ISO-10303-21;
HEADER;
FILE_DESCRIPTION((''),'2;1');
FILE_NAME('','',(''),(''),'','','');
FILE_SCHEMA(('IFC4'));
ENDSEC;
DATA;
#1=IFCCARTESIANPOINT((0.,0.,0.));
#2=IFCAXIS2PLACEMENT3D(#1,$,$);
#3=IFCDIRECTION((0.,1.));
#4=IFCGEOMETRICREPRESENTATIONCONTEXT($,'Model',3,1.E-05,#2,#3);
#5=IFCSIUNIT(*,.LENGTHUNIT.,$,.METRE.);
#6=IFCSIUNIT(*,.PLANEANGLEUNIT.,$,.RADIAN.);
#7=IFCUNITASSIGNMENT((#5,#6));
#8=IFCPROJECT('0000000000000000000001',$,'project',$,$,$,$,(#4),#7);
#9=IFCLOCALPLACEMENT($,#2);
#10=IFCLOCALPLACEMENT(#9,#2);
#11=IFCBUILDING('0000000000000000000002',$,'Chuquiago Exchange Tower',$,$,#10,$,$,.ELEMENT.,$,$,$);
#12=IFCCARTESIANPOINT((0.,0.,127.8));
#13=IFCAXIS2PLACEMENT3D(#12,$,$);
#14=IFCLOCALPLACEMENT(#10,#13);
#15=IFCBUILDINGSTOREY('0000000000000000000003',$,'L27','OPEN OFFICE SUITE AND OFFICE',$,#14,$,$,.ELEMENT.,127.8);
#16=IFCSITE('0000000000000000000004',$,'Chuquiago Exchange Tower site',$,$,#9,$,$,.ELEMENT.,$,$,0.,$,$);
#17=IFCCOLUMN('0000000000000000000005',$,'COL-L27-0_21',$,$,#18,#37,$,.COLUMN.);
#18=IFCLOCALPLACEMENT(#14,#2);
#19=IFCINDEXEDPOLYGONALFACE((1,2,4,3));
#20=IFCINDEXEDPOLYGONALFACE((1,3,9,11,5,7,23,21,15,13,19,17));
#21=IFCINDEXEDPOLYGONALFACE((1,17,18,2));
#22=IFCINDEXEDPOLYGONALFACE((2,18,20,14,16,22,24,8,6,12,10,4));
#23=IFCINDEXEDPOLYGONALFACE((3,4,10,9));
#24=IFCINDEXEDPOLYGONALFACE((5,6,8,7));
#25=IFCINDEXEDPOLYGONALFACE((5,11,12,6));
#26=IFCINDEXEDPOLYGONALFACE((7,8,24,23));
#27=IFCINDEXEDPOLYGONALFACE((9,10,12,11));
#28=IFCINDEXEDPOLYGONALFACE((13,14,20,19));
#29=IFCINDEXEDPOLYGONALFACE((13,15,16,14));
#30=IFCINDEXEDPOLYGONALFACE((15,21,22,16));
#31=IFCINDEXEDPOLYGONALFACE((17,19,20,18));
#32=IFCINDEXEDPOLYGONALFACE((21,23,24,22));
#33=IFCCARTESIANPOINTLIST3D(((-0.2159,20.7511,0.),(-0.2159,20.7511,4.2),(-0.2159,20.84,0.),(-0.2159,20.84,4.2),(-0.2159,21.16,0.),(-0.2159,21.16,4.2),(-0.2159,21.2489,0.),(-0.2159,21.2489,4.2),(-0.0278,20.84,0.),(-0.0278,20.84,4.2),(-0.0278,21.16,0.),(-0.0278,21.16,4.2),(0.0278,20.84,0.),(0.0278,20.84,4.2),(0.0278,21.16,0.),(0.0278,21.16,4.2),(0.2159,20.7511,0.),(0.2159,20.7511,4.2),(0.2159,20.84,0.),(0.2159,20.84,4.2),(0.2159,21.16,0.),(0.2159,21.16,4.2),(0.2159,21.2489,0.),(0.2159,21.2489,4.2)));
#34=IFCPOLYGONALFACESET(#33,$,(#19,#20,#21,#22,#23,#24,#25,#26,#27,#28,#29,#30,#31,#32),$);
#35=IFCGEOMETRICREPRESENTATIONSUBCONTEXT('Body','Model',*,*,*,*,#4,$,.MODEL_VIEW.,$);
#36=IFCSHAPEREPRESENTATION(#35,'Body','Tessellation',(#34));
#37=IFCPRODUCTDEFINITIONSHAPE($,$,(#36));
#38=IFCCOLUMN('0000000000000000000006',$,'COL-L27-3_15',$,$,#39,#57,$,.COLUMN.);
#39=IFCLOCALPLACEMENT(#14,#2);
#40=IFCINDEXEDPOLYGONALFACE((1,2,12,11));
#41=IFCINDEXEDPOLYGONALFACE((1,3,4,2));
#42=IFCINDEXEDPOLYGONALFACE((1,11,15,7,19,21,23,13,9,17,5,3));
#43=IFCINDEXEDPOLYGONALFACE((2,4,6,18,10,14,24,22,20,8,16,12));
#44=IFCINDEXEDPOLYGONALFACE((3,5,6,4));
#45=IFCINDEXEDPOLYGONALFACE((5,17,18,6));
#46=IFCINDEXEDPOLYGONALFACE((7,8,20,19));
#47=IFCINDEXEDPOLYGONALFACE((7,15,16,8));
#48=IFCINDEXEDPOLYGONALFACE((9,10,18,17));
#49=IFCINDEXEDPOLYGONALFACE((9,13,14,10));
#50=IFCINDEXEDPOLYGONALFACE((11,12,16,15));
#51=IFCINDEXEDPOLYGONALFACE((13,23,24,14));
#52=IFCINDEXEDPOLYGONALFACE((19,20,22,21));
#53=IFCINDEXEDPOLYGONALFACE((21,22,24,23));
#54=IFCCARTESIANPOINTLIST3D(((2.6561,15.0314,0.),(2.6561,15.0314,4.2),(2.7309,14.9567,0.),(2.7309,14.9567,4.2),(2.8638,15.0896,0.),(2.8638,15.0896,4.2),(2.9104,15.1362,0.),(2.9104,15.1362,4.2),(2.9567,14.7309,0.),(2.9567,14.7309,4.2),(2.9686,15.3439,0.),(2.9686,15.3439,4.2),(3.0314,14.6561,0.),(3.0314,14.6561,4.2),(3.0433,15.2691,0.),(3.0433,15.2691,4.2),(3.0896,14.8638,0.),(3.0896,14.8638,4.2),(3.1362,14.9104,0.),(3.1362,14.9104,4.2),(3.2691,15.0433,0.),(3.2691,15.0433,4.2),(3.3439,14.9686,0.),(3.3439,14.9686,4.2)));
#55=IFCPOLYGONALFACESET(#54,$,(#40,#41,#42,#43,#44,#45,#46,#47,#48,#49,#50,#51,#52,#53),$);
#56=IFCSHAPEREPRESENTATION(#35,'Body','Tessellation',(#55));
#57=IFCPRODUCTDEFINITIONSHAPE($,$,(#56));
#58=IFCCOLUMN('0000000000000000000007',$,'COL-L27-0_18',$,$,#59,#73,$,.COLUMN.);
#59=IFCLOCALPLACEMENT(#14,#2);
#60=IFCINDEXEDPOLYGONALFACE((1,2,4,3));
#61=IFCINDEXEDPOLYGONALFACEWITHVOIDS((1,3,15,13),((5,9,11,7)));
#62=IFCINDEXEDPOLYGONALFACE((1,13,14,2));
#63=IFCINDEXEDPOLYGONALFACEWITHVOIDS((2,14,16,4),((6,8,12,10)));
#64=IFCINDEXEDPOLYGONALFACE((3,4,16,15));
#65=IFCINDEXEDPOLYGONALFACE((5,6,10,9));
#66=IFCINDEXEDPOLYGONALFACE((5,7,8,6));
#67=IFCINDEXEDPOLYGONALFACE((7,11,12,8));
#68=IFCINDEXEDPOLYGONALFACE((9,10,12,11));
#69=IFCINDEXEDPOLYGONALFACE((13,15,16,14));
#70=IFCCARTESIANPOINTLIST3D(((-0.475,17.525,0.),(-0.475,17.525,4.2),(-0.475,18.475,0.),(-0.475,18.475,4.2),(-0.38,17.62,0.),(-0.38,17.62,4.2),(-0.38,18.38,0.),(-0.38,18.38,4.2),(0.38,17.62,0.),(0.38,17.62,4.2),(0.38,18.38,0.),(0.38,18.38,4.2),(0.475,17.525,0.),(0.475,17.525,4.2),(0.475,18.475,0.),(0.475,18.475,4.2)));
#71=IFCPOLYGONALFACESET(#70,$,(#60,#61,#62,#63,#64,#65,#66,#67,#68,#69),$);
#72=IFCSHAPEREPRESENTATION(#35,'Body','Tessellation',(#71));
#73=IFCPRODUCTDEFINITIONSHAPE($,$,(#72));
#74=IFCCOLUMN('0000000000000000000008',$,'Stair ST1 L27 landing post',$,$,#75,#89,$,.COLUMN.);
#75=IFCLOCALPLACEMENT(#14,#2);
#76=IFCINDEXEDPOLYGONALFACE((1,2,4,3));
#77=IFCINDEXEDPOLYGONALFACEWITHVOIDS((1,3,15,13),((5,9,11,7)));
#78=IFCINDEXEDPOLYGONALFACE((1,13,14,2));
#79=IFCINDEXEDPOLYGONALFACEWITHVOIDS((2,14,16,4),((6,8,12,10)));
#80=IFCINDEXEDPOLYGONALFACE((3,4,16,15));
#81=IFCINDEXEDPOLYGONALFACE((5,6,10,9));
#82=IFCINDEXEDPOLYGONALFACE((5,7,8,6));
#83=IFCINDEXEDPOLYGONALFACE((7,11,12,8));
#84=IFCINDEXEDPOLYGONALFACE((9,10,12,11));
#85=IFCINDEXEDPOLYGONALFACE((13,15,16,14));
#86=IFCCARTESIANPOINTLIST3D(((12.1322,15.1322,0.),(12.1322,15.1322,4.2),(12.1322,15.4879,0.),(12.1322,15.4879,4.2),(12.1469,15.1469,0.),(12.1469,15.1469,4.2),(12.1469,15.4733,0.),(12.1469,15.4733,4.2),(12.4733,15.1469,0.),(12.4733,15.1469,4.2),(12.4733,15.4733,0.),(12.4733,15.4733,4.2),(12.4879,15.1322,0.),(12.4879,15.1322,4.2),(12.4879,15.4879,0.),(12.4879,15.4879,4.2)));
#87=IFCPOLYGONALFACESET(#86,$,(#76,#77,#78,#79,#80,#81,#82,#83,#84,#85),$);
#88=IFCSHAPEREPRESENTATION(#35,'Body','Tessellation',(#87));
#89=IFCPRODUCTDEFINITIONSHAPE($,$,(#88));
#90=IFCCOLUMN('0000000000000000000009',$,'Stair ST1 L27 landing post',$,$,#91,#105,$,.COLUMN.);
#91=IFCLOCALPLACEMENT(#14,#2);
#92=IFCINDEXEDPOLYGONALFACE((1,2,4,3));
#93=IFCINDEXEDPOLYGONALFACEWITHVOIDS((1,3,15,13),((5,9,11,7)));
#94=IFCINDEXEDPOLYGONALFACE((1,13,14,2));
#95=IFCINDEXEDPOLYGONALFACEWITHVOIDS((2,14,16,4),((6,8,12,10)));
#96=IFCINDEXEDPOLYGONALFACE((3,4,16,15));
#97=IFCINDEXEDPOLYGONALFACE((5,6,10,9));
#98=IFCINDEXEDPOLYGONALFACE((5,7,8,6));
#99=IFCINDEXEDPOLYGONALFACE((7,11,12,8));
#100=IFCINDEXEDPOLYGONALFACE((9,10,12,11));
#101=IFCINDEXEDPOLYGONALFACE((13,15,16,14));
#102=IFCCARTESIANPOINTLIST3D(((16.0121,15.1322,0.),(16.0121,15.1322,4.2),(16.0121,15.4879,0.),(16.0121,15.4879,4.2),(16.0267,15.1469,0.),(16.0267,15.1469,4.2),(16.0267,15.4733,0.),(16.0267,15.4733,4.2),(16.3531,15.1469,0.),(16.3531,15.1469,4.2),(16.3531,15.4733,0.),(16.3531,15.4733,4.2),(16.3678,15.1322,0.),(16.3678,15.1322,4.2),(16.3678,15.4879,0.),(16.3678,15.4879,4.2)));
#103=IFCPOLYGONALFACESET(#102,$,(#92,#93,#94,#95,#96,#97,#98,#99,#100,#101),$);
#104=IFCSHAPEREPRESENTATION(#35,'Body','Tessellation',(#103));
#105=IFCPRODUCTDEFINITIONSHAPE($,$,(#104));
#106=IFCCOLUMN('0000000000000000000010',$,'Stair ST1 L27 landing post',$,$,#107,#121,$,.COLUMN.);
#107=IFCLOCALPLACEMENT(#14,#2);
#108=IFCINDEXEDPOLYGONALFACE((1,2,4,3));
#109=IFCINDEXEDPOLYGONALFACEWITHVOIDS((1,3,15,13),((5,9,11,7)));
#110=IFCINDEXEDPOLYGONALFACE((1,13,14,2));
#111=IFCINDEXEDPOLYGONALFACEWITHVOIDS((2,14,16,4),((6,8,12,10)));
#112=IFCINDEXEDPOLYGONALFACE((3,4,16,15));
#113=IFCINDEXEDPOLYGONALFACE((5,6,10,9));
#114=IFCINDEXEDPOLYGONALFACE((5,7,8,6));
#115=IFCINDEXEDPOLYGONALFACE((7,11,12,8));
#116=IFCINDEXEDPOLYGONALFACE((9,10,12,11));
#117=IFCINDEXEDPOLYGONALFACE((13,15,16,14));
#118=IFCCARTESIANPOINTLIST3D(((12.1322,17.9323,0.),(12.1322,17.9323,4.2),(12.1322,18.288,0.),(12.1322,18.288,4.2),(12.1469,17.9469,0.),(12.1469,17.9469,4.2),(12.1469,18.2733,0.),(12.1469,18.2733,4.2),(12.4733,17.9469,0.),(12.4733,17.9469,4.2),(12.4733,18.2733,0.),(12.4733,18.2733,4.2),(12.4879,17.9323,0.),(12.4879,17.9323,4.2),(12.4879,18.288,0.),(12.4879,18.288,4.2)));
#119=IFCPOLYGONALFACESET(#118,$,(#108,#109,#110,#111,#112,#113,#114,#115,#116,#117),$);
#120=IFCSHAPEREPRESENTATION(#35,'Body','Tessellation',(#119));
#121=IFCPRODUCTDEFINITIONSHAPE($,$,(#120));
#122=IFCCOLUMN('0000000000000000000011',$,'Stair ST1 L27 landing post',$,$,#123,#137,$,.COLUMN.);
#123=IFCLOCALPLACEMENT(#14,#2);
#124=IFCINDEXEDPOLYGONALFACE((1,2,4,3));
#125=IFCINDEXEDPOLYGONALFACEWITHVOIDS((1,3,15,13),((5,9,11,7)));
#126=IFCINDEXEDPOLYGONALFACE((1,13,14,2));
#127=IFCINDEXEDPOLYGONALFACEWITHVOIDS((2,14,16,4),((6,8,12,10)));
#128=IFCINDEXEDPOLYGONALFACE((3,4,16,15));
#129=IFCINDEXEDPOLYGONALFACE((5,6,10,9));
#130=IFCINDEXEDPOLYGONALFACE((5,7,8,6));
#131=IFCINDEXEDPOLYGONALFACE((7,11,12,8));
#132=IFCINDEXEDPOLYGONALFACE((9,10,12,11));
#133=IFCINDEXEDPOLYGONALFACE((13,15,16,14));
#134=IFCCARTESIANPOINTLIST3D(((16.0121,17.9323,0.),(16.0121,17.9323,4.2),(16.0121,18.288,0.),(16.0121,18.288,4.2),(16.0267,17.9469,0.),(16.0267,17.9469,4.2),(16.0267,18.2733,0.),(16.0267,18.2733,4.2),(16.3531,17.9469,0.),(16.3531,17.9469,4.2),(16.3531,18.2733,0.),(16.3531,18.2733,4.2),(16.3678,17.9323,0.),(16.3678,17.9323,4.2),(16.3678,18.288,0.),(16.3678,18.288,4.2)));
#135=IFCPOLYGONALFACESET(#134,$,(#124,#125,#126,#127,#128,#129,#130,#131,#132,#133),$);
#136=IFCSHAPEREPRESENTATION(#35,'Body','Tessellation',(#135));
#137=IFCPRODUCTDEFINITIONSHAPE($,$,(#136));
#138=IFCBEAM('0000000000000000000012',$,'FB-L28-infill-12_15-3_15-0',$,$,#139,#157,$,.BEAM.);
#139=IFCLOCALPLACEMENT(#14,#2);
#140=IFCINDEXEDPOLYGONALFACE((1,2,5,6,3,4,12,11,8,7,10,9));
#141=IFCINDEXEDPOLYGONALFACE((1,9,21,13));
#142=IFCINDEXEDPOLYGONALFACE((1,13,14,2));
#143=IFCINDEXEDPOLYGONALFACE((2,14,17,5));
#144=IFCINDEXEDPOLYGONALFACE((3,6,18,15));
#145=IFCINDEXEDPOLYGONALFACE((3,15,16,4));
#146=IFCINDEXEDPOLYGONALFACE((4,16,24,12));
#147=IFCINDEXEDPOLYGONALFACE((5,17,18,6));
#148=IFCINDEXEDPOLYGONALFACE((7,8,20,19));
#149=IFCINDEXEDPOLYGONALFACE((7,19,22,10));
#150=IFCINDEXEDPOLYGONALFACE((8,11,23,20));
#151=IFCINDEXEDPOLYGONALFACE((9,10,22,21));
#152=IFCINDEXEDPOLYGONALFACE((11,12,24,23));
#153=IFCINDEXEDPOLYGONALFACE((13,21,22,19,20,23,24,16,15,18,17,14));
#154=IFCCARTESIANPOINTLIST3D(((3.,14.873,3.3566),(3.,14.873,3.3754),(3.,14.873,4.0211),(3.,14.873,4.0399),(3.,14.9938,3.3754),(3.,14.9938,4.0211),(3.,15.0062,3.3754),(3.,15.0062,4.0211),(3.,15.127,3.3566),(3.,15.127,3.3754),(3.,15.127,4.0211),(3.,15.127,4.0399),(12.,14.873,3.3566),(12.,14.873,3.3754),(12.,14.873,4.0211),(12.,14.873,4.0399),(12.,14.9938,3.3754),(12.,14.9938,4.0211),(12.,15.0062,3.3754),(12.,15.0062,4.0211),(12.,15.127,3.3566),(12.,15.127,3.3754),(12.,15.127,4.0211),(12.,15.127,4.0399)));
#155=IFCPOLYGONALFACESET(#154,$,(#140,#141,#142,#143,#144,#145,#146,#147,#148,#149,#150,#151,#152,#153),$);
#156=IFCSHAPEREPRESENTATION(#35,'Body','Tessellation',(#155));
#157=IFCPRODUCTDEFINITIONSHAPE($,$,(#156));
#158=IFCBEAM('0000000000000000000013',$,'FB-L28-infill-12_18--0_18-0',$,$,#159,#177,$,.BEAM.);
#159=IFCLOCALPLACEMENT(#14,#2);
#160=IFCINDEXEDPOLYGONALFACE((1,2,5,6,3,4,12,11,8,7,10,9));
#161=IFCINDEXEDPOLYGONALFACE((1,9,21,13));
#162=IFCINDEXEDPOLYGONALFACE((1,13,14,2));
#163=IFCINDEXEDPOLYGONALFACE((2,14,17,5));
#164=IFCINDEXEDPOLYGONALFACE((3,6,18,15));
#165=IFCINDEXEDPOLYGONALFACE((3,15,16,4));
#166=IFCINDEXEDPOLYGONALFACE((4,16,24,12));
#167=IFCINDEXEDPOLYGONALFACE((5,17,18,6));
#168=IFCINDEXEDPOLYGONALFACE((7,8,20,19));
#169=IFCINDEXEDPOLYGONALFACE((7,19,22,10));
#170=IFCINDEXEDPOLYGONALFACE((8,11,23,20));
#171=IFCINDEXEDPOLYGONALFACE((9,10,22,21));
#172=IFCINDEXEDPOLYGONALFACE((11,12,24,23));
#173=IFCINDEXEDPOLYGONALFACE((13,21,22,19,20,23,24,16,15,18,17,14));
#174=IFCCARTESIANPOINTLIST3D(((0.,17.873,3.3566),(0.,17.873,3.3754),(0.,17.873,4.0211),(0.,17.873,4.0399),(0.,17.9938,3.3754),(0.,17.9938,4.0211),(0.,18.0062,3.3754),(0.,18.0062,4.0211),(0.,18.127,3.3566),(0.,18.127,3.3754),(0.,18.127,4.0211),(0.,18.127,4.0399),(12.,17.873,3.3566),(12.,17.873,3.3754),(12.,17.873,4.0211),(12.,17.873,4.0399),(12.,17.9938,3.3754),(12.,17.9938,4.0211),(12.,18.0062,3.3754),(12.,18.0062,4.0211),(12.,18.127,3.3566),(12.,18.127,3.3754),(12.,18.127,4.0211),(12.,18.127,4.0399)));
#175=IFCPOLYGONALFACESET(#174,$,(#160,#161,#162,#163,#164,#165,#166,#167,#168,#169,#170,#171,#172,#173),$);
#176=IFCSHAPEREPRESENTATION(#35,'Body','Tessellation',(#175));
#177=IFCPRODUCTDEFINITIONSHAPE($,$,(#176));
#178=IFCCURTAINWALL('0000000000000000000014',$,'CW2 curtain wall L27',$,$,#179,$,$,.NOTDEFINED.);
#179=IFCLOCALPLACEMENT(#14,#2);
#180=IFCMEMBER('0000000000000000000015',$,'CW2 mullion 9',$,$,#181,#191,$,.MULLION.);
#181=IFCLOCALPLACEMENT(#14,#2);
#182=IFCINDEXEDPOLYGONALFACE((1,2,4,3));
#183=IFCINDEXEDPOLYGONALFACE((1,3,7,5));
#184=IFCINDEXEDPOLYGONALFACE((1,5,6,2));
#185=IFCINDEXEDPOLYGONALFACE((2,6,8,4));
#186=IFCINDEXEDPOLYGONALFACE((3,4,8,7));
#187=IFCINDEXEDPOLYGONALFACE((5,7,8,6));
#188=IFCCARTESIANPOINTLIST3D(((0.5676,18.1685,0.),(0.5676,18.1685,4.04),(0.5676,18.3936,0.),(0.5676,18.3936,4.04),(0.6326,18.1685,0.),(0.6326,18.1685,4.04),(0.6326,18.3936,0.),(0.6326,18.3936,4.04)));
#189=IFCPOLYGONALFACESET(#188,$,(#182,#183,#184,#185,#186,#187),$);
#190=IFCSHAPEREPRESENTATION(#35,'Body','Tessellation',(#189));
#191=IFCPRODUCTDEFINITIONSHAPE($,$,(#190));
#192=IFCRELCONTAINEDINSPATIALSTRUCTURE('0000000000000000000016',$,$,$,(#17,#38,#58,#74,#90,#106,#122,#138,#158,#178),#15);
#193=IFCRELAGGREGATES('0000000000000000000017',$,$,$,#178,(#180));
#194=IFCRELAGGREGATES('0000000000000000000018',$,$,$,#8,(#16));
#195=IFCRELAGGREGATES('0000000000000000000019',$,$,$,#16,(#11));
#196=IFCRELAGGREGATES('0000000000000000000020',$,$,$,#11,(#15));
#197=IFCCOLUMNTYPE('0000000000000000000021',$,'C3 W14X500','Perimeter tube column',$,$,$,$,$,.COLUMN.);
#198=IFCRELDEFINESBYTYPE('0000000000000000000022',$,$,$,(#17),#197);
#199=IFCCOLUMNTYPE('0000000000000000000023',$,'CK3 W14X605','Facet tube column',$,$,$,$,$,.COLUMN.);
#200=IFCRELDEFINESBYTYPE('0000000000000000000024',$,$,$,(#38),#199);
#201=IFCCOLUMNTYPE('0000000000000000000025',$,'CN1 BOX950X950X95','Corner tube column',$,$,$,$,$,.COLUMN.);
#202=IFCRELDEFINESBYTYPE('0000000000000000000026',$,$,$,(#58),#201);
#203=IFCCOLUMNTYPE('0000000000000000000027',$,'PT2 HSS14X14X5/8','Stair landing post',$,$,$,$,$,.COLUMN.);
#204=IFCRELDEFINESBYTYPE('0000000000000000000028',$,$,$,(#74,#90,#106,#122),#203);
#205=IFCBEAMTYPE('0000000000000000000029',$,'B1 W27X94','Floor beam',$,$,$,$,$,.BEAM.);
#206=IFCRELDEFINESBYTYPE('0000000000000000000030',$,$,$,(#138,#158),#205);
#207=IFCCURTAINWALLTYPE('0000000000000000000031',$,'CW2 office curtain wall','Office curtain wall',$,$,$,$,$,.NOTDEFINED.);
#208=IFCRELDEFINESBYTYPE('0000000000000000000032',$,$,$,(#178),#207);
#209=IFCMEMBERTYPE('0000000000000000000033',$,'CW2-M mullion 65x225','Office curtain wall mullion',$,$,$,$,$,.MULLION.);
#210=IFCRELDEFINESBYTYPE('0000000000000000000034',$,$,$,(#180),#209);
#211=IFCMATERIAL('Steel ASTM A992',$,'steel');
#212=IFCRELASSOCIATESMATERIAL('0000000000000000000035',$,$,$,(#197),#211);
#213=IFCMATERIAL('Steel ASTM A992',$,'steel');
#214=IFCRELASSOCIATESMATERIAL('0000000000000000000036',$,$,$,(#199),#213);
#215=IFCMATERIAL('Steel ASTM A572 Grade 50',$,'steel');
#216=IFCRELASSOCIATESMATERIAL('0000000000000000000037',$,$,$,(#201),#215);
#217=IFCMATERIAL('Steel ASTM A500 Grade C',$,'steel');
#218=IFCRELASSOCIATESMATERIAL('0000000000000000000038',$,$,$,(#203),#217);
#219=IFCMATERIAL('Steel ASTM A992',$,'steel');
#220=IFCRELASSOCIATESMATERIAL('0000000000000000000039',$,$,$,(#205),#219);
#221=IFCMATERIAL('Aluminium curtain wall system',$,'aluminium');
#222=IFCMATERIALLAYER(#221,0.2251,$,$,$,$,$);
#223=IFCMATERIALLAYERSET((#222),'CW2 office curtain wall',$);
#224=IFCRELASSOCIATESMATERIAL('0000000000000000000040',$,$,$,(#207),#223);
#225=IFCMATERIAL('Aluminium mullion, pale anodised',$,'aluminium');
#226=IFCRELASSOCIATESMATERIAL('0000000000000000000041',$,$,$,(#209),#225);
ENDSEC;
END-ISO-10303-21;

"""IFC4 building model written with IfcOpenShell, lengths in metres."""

from ifc_helpers import new_model, si_unit, direction, frame, origin, origin_2d, place, context, subcontext, project, spatial, rectangle, hollow_rectangle, i_section, extrude, material, layer, layer_set, material_profile, profile_set, type_object, element, aggregate, save


model = new_model("IFC4")

# Units and contexts
model_context = context("Model", 3, precision=1e-05, world=origin(), true_north=direction((0.0, 1.0)))
body_context = subcontext(model_context, "Body", "Model", "MODEL_VIEW")
ifc_project = project(units=[si_unit("LENGTHUNIT", "METRE"), si_unit("PLANEANGLEUNIT", "RADIAN")], contexts=[model_context])

# Site, building, storey
site_placement = place(None, origin())
site = spatial("IfcSite", under=ifc_project, at=site_placement, Name="Chuquiago Exchange Tower site", CompositionType="ELEMENT", RefElevation=0.0)
building_placement = place(site_placement, origin())
building = spatial("IfcBuilding", under=site, at=building_placement, Name="Chuquiago Exchange Tower", CompositionType="ELEMENT")
storey_placement = place(building_placement, frame((0.0, 0.0, 127.8)))
storey = spatial("IfcBuildingStorey", under=building, at=storey_placement, Name="L27", Description="OPEN OFFICE SUITE AND OFFICE", CompositionType="ELEMENT", Elevation=127.8)

# Columns
ifc_material_1 = material(Name="Steel ASTM A992", Category="steel")
ifc_material_profile_1 = material_profile(ifc_material_1, i_section(OverallWidth=0.4319, OverallDepth=0.4978, WebThickness=0.0557, FlangeThickness=0.0889, at=origin_2d()), Name="W14X500")
ifc_profile_set_1 = profile_set([ifc_material_profile_1], Name="Steel ASTM A992")
column_type_1 = type_object("IfcColumnType", Name="C3 W14X500", Description="Perimeter tube column", PredefinedType="COLUMN", material=ifc_profile_set_1)
column_1_placement = place(storey_placement, frame((0.0, 21.0, 0.0), z_axis=(0.0, 0.0, 1.0), x_axis=(-1.0, 0.0, 0.0)))
element("IfcColumn", 1, at=column_1_placement, inside=storey, type_object=column_type_1, Name="COL-L27-0_21", PredefinedType="COLUMN", context=body_context, shape_type="SweptSolid", body=[
    extrude(i_section(OverallWidth=0.4319, OverallDepth=0.4978, WebThickness=0.0557, FlangeThickness=0.0889, at=origin_2d()), origin(), (0.0, 0.0, 1.0), 4.2),
])
ifc_material_2 = material(Name="Steel ASTM A992", Category="steel")
ifc_material_profile_2 = material_profile(ifc_material_2, i_section(OverallWidth=0.4419, OverallDepth=0.5308, WebThickness=0.0659, FlangeThickness=0.1057, at=origin_2d()), Name="W14X605")
ifc_profile_set_2 = profile_set([ifc_material_profile_2], Name="Steel ASTM A992")
column_type_2 = type_object("IfcColumnType", Name="CK3 W14X605", Description="Facet tube column", PredefinedType="COLUMN", material=ifc_profile_set_2)
column_2_placement = place(storey_placement, frame((3.0, 15.0, 0.0), z_axis=(0.0, 0.0, 1.0), x_axis=(-0.707107, -0.707107, 0.0)))
element("IfcColumn", 2, at=column_2_placement, inside=storey, type_object=column_type_2, Name="COL-L27-3_15", PredefinedType="COLUMN", context=body_context, shape_type="SweptSolid", body=[
    extrude(i_section(OverallWidth=0.4419, OverallDepth=0.5308, WebThickness=0.0659, FlangeThickness=0.1057, at=origin_2d()), origin(), (0.0, 0.0, 1.0), 4.2),
])
ifc_material_3 = material(Name="Steel ASTM A572 Grade 50", Category="steel")
ifc_material_profile_3 = material_profile(ifc_material_3, hollow_rectangle(XDim=0.95, YDim=0.95, WallThickness=0.095, at=origin_2d()), Name="BOX950X950X95")
ifc_profile_set_3 = profile_set([ifc_material_profile_3], Name="Steel ASTM A572 Grade 50")
column_type_3 = type_object("IfcColumnType", Name="CN1 BOX950X950X95", Description="Corner tube column", PredefinedType="COLUMN", material=ifc_profile_set_3)
column_3_placement = place(storey_placement, frame((0.0, 18.0, 0.0), z_axis=(0.0, 0.0, 1.0), x_axis=(-1.0, 0.0, 0.0)))
element("IfcColumn", 3, at=column_3_placement, inside=storey, type_object=column_type_3, Name="COL-L27-0_18", PredefinedType="COLUMN", context=body_context, shape_type="SweptSolid", body=[
    extrude(hollow_rectangle(XDim=0.95, YDim=0.95, WallThickness=0.095, at=origin_2d()), origin(), (0.0, 0.0, 1.0), 4.2),
])
ifc_material_4 = material(Name="Steel ASTM A500 Grade C", Category="steel")
ifc_material_profile_4 = material_profile(ifc_material_4, hollow_rectangle(XDim=0.3557, YDim=0.3557, WallThickness=0.0146, at=origin_2d()), Name="HSS14X14X5/8")
ifc_profile_set_4 = profile_set([ifc_material_profile_4], Name="Steel ASTM A500 Grade C")
column_type_4 = type_object("IfcColumnType", Name="PT2 HSS14X14X5/8", Description="Stair landing post", PredefinedType="COLUMN", material=ifc_profile_set_4)
for number, where, z_axis, x_axis, name in (
    (4, (12.3101, 15.3101, 0.0), (0.0, 0.0, 1.0), (1.0, 0.0, 0.0), "Stair ST1 L27 landing post"),
    (5, (16.1899, 15.3101, 0.0), (0.0, 0.0, 1.0), (1.0, 0.0, 0.0), "Stair ST1 L27 landing post"),
    (6, (12.3101, 18.1101, 0.0), (0.0, 0.0, 1.0), (1.0, 0.0, 0.0), "Stair ST1 L27 landing post"),
    (7, (16.1899, 18.1101, 0.0), (0.0, 0.0, 1.0), (1.0, 0.0, 0.0), "Stair ST1 L27 landing post"),
):
    element("IfcColumn", number, at=place(storey_placement, frame(where, z_axis=z_axis, x_axis=x_axis)), inside=storey, type_object=column_type_4, Name=name, PredefinedType="COLUMN", context=body_context, shape_type="SweptSolid", body=[
        extrude(hollow_rectangle(XDim=0.3557, YDim=0.3557, WallThickness=0.0146, at=origin_2d()), origin(), (0.0, 0.0, 1.0), 4.2),
    ])

# Beams
ifc_material_5 = material(Name="Steel ASTM A992", Category="steel")
ifc_material_profile_5 = material_profile(ifc_material_5, i_section(OverallWidth=0.2539, OverallDepth=0.6833, WebThickness=0.0125, FlangeThickness=0.0188, at=origin_2d()), Name="W27X94")
ifc_profile_set_5 = profile_set([ifc_material_profile_5], Name="Steel ASTM A992")
beam_type_1 = type_object("IfcBeamType", Name="B1 W27X94", Description="Floor beam", PredefinedType="BEAM", material=ifc_profile_set_5)
beam_1_placement = place(storey_placement, frame((12.0, 15.0, 3.6982), z_axis=(-1.0, 0.0, 0.0), x_axis=(0.0, -1.0, 0.0)))
element("IfcBeam", 8, at=beam_1_placement, inside=storey, type_object=beam_type_1, Name="FB-L28-infill-12_15-3_15-0", PredefinedType="BEAM", context=body_context, shape_type="SweptSolid", body=[
    extrude(i_section(OverallWidth=0.2539, OverallDepth=0.6833, WebThickness=0.0125, FlangeThickness=0.0188, at=origin_2d()), origin(), (0.0, 0.0, 1.0), 9.0),
])
beam_2_placement = place(storey_placement, frame((12.0, 18.0, 3.6982), z_axis=(-1.0, 0.0, 0.0), x_axis=(0.0, -1.0, 0.0)))
element("IfcBeam", 9, at=beam_2_placement, inside=storey, type_object=beam_type_1, Name="FB-L28-infill-12_18--0_18-0", PredefinedType="BEAM", context=body_context, shape_type="SweptSolid", body=[
    extrude(i_section(OverallWidth=0.2539, OverallDepth=0.6833, WebThickness=0.0125, FlangeThickness=0.0188, at=origin_2d()), origin(), (0.0, 0.0, 1.0), 12.0),
])

# Curtain wall, member
ifc_material_6 = material(Name="Aluminium curtain wall system", Category="aluminium")
ifc_layer_1 = layer(ifc_material_6, 0.2251)
ifc_layer_set_1 = layer_set([ifc_layer_1], Name="CW2 office curtain wall")
curtain_wall_type_1 = type_object("IfcCurtainWallType", Name="CW2 office curtain wall", Description="Office curtain wall", PredefinedType="NOTDEFINED", material=ifc_layer_set_1)
curtain_wall_1_placement = place(storey_placement, origin())
curtain_wall_1 = element("IfcCurtainWall", 10, at=curtain_wall_1_placement, inside=storey, type_object=curtain_wall_type_1, Name="CW2 curtain wall L27", PredefinedType="NOTDEFINED")
ifc_material_7 = material(Name="Aluminium mullion, pale anodised", Category="aluminium")
ifc_material_profile_6 = material_profile(ifc_material_7, rectangle(XDim=0.0649, YDim=0.2251, at=origin_2d()), Name="AL 65x225")
ifc_profile_set_6 = profile_set([ifc_material_profile_6], Name="Aluminium mullion, pale anodised")
member_type_1 = type_object("IfcMemberType", Name="CW2-M mullion 65x225", Description="Office curtain wall mullion", PredefinedType="MULLION", material=ifc_profile_set_6)
member_1_placement = place(storey_placement, frame((0.6001, 18.281, 0.0), z_axis=(0.0, 0.0, 1.0), x_axis=(1.0, 0.0, 0.0)))
member_1 = element("IfcMember", 11, at=member_1_placement, type_object=member_type_1, Name="CW2 mullion 9", PredefinedType="MULLION", context=body_context, shape_type="SweptSolid", body=[
    extrude(rectangle(XDim=0.0649, YDim=0.2251, at=origin_2d()), origin(), (0.0, 0.0, 1.0), 4.04),
])

aggregate(curtain_wall_1, [member_1])

save(model, "model.ifc")
